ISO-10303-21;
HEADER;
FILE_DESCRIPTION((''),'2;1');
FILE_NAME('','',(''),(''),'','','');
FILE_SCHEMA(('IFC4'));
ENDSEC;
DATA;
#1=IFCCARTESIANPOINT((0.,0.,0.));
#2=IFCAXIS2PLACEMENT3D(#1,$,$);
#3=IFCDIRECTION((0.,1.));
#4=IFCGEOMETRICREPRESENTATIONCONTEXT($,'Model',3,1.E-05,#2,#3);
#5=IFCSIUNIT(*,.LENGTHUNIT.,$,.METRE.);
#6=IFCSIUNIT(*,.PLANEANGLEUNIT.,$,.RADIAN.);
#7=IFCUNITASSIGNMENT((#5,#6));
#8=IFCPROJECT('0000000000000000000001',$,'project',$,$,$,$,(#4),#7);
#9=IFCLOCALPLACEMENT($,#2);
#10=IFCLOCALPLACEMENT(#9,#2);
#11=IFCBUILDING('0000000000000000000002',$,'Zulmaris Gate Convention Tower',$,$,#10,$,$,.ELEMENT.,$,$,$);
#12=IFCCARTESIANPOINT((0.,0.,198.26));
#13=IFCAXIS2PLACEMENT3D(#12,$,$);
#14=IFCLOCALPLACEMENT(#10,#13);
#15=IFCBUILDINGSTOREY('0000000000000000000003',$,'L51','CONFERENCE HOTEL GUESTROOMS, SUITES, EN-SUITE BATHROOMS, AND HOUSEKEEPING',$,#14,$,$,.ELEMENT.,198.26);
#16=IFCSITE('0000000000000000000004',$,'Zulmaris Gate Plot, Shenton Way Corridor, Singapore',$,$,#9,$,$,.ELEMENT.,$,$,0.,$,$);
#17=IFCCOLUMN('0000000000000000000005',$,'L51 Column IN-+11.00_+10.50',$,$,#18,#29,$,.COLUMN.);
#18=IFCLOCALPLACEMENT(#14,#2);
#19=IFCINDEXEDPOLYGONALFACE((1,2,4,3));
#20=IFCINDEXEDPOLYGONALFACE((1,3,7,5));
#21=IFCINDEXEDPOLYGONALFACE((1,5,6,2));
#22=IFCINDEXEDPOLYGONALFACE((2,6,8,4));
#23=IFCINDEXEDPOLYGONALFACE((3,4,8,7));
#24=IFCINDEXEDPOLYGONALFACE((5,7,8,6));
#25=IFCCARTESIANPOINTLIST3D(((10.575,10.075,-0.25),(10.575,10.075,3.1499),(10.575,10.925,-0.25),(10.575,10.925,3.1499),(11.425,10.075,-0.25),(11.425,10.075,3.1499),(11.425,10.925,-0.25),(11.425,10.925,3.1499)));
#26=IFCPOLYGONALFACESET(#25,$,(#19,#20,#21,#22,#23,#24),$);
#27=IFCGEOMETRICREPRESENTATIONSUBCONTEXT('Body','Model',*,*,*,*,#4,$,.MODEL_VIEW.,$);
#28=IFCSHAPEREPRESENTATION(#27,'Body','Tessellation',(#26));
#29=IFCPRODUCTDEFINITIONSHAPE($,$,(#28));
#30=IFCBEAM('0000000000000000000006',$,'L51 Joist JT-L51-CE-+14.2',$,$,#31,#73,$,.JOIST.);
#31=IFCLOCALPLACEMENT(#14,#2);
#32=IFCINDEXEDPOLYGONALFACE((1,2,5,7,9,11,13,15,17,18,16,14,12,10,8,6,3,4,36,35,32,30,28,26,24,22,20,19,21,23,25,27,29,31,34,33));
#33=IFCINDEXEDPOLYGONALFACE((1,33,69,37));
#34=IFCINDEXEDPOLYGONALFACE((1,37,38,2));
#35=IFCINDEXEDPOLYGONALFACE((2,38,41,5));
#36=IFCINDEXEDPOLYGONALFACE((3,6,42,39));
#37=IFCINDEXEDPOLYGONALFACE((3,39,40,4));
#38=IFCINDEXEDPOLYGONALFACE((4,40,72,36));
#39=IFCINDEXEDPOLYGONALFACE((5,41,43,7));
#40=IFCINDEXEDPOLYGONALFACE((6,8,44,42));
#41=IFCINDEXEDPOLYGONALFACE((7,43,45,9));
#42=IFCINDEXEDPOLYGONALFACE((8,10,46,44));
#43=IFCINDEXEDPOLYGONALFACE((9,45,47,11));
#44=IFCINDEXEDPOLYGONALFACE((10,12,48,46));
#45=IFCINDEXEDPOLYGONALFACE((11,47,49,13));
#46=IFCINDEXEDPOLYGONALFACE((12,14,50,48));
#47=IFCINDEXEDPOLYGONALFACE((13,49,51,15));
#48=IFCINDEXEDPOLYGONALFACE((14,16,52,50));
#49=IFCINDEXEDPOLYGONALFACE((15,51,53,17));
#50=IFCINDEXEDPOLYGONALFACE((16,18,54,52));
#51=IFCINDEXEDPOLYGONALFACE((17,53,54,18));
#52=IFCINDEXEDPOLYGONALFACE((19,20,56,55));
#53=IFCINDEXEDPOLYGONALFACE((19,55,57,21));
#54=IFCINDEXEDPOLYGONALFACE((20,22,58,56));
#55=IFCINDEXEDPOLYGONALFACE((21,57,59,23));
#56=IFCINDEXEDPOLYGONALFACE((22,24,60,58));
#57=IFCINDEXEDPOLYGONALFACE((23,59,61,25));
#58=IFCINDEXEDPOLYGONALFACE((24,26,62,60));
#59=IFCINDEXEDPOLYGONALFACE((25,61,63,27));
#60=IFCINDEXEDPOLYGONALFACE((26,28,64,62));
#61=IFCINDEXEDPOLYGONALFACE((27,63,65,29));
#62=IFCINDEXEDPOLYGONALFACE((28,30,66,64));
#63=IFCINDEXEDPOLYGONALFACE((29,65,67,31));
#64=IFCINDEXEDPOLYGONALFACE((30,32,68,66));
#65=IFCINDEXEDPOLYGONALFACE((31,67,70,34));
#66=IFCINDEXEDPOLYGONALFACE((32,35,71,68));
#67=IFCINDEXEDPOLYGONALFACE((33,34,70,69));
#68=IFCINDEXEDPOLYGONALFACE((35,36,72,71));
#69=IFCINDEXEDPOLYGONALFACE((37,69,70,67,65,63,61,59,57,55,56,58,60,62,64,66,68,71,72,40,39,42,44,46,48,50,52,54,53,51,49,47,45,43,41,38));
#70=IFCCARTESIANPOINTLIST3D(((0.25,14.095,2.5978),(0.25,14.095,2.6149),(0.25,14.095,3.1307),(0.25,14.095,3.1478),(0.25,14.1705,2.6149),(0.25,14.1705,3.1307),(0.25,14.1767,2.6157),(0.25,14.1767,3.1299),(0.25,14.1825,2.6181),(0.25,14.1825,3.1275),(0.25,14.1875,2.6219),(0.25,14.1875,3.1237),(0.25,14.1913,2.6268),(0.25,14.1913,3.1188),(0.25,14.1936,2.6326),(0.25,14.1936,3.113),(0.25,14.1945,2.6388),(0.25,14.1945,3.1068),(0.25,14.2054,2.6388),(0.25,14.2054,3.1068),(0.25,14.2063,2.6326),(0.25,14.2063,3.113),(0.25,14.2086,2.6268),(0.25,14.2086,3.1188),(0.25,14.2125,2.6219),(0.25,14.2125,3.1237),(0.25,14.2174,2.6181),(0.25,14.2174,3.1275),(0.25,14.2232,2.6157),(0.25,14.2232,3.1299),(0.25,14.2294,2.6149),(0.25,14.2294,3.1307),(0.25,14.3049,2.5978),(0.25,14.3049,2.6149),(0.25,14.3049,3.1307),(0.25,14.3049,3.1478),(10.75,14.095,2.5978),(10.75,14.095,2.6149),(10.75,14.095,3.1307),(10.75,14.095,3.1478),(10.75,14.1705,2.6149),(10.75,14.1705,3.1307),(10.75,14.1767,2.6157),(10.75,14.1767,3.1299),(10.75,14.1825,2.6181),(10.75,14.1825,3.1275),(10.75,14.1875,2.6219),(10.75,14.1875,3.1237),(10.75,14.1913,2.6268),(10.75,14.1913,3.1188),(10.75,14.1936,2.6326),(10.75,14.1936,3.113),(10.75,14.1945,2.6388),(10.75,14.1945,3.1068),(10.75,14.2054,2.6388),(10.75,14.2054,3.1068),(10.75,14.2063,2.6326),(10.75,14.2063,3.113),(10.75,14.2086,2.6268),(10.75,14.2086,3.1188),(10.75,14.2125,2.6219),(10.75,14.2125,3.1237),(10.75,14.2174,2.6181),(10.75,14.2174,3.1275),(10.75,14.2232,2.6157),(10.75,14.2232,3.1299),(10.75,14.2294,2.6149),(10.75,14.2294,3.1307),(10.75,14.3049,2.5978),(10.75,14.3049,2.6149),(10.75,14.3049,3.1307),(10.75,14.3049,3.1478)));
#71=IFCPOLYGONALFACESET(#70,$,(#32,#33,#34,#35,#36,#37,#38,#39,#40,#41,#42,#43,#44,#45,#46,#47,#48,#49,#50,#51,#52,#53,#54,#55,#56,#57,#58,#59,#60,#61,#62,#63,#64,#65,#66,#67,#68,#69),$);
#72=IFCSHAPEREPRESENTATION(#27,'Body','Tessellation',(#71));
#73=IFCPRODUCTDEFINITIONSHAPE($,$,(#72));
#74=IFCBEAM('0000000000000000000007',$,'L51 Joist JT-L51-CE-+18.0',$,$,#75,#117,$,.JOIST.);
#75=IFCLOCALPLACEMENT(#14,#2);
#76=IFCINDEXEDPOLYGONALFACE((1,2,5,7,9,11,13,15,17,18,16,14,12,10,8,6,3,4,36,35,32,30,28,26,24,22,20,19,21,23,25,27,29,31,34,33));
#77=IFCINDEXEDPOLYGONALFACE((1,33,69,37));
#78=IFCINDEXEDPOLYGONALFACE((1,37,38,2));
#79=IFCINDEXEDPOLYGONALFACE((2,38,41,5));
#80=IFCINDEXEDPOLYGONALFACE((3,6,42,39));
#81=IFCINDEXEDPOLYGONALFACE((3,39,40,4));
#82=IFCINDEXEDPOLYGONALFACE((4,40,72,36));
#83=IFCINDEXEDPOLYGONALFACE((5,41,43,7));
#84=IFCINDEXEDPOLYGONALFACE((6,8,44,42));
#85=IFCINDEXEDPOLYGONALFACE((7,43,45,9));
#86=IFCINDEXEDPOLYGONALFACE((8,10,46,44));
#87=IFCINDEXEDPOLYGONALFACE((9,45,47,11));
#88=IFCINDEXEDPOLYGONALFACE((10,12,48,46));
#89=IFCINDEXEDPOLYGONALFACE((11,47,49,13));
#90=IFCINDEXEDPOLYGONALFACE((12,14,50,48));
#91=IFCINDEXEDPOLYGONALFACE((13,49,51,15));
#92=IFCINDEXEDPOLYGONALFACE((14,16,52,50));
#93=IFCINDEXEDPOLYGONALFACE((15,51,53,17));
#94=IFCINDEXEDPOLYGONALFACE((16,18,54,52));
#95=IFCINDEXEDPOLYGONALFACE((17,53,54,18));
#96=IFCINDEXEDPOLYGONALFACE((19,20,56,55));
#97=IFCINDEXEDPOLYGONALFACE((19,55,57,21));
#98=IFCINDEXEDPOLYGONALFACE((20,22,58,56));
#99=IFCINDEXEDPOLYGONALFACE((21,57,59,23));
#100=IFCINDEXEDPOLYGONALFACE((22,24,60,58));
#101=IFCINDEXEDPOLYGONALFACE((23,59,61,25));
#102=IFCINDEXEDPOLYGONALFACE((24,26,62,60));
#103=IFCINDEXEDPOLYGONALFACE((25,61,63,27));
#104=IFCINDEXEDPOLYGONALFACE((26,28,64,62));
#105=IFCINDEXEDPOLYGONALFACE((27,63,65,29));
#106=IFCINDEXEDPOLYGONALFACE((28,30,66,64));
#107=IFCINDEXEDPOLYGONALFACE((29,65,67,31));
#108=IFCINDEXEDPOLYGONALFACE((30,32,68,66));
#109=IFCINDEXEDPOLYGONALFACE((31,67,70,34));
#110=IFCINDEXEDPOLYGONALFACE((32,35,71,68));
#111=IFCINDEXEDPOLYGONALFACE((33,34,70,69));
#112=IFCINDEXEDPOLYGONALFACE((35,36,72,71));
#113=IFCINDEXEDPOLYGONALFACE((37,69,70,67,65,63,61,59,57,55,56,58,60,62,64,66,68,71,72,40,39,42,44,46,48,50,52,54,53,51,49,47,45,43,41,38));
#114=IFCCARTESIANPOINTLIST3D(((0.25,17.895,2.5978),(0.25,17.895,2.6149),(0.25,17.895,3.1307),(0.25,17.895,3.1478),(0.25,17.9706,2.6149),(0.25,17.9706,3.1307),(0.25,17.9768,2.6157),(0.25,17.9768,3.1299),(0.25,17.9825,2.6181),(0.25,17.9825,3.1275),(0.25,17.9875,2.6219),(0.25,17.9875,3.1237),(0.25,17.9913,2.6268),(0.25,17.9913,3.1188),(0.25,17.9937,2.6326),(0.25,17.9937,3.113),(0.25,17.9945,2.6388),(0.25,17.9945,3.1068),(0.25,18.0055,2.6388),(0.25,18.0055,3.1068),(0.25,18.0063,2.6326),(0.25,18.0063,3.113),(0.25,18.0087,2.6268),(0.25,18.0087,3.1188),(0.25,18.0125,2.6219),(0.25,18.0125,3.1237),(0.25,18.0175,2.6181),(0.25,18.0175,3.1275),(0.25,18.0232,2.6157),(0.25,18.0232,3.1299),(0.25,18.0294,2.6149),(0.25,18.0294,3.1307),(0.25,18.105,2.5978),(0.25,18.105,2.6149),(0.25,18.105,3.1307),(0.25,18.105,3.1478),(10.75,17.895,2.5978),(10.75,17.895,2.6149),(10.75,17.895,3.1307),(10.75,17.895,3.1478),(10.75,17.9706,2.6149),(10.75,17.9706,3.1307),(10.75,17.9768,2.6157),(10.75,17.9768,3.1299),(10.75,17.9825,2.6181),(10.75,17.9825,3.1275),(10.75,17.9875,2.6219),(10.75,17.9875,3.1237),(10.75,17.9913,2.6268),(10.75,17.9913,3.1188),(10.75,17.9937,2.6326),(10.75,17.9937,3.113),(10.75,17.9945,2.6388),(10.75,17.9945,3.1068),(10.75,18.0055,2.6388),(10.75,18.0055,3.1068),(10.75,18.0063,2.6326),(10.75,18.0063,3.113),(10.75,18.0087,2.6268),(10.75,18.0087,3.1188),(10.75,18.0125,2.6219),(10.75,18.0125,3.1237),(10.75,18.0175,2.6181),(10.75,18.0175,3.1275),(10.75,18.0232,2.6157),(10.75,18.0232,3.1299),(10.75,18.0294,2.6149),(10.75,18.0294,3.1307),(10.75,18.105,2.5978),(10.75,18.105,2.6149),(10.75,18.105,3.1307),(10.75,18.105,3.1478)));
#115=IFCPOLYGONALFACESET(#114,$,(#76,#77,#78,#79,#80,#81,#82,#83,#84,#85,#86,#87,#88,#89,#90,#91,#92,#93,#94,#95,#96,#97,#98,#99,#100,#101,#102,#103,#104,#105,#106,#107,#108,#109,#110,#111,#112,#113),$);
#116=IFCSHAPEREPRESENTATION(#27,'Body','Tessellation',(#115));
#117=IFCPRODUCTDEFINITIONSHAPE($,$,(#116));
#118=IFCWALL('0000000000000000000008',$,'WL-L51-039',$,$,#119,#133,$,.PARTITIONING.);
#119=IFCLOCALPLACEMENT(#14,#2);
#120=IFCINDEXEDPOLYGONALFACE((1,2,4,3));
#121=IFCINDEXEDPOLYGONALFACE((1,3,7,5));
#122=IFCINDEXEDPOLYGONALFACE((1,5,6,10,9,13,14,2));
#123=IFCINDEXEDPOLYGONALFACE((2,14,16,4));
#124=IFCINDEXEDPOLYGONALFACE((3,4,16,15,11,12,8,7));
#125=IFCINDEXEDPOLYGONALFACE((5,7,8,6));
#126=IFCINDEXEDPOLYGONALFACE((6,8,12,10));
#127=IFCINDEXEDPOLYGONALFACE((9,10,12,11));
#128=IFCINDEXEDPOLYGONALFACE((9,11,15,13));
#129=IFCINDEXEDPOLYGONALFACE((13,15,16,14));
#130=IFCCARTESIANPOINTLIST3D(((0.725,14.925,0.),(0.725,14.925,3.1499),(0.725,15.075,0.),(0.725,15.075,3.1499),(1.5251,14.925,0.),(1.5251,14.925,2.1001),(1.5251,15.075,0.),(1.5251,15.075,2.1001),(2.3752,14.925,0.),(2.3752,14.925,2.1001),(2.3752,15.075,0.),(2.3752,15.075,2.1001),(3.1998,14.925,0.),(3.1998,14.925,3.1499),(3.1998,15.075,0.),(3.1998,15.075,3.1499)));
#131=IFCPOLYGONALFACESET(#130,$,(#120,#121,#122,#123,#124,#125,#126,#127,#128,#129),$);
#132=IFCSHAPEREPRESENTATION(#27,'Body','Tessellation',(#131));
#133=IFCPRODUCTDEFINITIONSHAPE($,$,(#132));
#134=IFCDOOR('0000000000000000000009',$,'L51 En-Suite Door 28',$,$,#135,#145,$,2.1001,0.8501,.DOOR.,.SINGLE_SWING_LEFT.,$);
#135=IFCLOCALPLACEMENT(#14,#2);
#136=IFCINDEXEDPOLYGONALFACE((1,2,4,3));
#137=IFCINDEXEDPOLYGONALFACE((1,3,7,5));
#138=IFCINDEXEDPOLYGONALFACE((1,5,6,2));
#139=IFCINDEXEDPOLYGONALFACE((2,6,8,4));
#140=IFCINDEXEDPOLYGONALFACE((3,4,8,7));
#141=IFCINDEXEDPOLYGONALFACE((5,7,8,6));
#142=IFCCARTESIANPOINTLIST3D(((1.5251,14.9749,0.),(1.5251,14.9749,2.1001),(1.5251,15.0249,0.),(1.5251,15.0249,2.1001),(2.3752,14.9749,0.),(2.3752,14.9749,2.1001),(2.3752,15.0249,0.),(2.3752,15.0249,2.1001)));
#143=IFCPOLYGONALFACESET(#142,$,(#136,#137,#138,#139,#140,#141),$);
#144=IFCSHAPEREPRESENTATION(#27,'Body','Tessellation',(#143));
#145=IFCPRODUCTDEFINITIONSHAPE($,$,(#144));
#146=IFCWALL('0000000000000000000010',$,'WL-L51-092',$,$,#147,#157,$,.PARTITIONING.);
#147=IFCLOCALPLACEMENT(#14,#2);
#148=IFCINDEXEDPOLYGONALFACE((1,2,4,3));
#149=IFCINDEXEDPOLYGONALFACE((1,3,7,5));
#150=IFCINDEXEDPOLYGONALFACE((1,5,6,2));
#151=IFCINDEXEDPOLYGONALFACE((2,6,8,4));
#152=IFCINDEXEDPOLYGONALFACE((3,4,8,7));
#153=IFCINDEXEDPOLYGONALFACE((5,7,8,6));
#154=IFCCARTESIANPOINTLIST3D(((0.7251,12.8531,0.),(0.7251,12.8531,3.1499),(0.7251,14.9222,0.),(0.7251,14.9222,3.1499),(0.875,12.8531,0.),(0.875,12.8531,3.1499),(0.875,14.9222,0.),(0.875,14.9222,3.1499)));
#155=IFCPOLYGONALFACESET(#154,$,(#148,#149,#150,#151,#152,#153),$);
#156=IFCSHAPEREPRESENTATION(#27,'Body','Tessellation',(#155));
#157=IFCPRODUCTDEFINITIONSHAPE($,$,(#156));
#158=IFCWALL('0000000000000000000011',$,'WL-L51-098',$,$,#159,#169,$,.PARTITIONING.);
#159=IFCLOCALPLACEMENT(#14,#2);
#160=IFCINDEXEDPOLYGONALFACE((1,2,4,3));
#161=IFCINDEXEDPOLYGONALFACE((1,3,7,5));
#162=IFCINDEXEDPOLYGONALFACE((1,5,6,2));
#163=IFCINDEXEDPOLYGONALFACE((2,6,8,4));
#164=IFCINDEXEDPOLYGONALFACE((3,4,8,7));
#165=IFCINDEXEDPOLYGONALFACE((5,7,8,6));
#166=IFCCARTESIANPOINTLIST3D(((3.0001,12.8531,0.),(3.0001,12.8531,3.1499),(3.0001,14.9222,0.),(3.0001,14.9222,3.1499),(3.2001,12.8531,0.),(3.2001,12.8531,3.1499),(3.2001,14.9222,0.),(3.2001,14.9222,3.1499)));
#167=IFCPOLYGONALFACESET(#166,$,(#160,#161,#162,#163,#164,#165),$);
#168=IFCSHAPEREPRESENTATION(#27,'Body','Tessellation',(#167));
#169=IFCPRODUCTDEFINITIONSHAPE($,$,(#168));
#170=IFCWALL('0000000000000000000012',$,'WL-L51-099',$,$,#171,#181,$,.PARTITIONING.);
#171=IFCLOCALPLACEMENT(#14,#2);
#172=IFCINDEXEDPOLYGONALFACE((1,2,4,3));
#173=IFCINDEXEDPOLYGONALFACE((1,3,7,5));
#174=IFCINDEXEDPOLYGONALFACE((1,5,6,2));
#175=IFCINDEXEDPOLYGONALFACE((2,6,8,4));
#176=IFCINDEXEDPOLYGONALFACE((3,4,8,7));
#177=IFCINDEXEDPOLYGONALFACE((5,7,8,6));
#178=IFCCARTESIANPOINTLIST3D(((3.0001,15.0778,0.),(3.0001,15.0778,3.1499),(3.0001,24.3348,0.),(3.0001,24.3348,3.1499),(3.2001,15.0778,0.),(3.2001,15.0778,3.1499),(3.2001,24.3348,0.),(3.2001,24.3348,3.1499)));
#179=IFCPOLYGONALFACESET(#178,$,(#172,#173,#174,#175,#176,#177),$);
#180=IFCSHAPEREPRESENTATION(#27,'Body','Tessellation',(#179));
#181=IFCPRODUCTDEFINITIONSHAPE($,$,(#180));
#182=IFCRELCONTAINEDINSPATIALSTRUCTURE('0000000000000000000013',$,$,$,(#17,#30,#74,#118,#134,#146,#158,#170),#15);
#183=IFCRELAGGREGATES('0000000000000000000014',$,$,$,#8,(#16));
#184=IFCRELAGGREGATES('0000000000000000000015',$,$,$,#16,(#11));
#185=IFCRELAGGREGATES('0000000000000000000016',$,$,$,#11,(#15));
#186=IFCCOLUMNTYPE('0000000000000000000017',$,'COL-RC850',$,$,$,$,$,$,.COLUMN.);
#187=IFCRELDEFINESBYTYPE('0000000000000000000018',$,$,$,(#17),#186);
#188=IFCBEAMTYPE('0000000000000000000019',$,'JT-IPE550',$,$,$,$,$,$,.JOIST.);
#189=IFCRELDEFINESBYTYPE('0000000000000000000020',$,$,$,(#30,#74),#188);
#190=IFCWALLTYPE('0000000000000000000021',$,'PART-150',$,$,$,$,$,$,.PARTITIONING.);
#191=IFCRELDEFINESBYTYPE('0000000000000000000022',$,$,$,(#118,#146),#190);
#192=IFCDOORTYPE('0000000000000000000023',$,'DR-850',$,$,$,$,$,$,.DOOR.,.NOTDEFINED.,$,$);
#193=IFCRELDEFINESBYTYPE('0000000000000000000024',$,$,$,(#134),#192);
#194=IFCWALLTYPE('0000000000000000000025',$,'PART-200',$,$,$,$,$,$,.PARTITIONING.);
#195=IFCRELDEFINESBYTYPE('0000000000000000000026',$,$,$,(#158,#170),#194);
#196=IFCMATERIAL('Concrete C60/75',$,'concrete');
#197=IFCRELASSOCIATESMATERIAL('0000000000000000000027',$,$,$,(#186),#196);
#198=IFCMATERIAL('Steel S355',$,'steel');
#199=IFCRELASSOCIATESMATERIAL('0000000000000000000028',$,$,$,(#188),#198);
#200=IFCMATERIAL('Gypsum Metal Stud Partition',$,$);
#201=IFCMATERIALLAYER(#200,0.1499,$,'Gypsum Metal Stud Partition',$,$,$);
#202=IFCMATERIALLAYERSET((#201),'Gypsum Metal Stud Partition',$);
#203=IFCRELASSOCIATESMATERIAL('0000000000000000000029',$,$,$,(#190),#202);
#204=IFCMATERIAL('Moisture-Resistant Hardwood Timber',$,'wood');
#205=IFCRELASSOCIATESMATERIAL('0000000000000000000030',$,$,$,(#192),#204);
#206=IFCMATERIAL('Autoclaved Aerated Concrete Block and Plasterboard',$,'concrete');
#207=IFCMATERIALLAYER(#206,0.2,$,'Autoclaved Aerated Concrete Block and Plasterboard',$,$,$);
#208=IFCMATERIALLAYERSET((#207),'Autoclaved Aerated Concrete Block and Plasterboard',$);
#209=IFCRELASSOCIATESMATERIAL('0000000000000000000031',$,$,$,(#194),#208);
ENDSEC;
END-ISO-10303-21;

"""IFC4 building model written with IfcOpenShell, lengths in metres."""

from ifc_helpers import new_model, si_unit, direction, frame, frame_2d, origin, origin_2d, place, context, subcontext, project, spatial, rectangle, i_section, extrude, material, layer, layer_set, material_profile, profile_set, type_object, element, fill, save


model = new_model("IFC4")

# Units and contexts
model_context = context("Model", 3, precision=1e-05, world=origin(), true_north=direction((0.0, 1.0)))
body_context = subcontext(model_context, "Body", "Model", "MODEL_VIEW")
ifc_project = project(units=[si_unit("LENGTHUNIT", "METRE"), si_unit("PLANEANGLEUNIT", "RADIAN")], contexts=[model_context])

# Site, building, storey
site_placement = place(None, origin())
site = spatial("IfcSite", under=ifc_project, at=site_placement, Name="Zulmaris Gate Plot, Shenton Way Corridor, Singapore", CompositionType="ELEMENT", RefElevation=0.0)
building_placement = place(site_placement, origin())
building = spatial("IfcBuilding", under=site, at=building_placement, Name="Zulmaris Gate Convention Tower", CompositionType="ELEMENT")
storey_placement = place(building_placement, frame((0.0, 0.0, 198.26)))
storey = spatial("IfcBuildingStorey", under=building, at=storey_placement, Name="L51", Description="CONFERENCE HOTEL GUESTROOMS, SUITES, EN-SUITE BATHROOMS, AND HOUSEKEEPING", CompositionType="ELEMENT", Elevation=198.26)

# Column
ifc_material_1 = material(Name="Concrete C60/75", Category="concrete")
ifc_material_profile_1 = material_profile(ifc_material_1, rectangle(XDim=0.8501, YDim=0.8501, at=origin_2d()), Name="RC COL 850x850")
ifc_profile_set_1 = profile_set([ifc_material_profile_1], Name="Concrete C60/75")
column_type = type_object("IfcColumnType", Name="COL-RC850", PredefinedType="COLUMN", material=ifc_profile_set_1)
column_placement = place(storey_placement, frame((11.0, 10.5, -0.25), z_axis=(0.0, 0.0, 1.0), x_axis=(1.0, 0.0, 0.0)))
element("IfcColumn", 1, at=column_placement, inside=storey, type_object=column_type, Name="L51 Column IN-+11.00_+10.50", PredefinedType="COLUMN", context=body_context, shape_type="SweptSolid", body=[
    extrude(rectangle(XDim=0.8501, YDim=0.8501, at=origin_2d()), origin(), (0.0, 0.0, 1.0), 3.3999),
])

# Beams
ifc_material_2 = material(Name="Steel S355", Category="steel")
ifc_material_profile_2 = material_profile(ifc_material_2, i_section(OverallWidth=0.21, OverallDepth=0.55, WebThickness=0.011, FlangeThickness=0.0171, FilletRadius=0.0239, at=origin_2d()), Name="IPE 550")
ifc_profile_set_2 = profile_set([ifc_material_profile_2], Name="Steel S355")
beam_type = type_object("IfcBeamType", Name="JT-IPE550", PredefinedType="JOIST", material=ifc_profile_set_2)
for number, where, z_axis, x_axis, name in (
    (2, (0.25, 14.2, 2.8728), (1.0, 0.0, 0.0), (0.0, 1.0, 0.0), "L51 Joist JT-L51-CE-+14.2"),
    (3, (0.25, 18.0, 2.8728), (1.0, 0.0, 0.0), (0.0, 1.0, 0.0), "L51 Joist JT-L51-CE-+18.0"),
):
    element("IfcBeam", number, at=place(storey_placement, frame(where, z_axis=z_axis, x_axis=x_axis)), inside=storey, type_object=beam_type, Name=name, PredefinedType="JOIST", context=body_context, shape_type="SweptSolid", body=[
        extrude(i_section(OverallWidth=0.21, OverallDepth=0.55, WebThickness=0.011, FlangeThickness=0.0171, FilletRadius=0.0239, at=origin_2d()), origin(), (0.0, 0.0, 1.0), 10.5),
    ])

# Wall, opening, door
ifc_material_3 = material(Name="Gypsum Metal Stud Partition")
ifc_layer_1 = layer(ifc_material_3, 0.1499, Name="Gypsum Metal Stud Partition")
ifc_layer_set_1 = layer_set([ifc_layer_1], Name="Gypsum Metal Stud Partition")
wall_type_1 = type_object("IfcWallType", Name="PART-150", PredefinedType="PARTITIONING", material=ifc_layer_set_1)
wall_1_placement = place(storey_placement, frame((0.7251, 15.0, 0.0), z_axis=(0.0, 0.0, 1.0), x_axis=(1.0, 0.0, 0.0)))
wall_1 = element("IfcWall", 4, at=wall_1_placement, inside=storey, type_object=wall_type_1, Name="WL-L51-039", PredefinedType="PARTITIONING", context=body_context, shape_type="SweptSolid", body=[
    extrude(rectangle(XDim=2.4749, YDim=0.1499, at=frame_2d((1.2373, 0.0))), origin(), (0.0, 0.0, 1.0), 3.1499),
])
opening_1_placement = place(wall_1_placement, frame((0.8, 0.0, 0.0)))
opening_1 = element("IfcOpeningElement", 5, at=opening_1_placement, cuts=wall_1, PredefinedType="OPENING", context=body_context, shape_type="SweptSolid", body=[
    extrude(rectangle(XDim=0.8501, YDim=2.1001, at=frame_2d((0.425, 1.05))), frame((0.0, 0.085, 0.0), z_axis=(0.0, -1.0, 0.0), x_axis=(1.0, 0.0, 0.0)), (0.0, 0.0, 1.0), 0.1699),
])
ifc_material_4 = material(Name="Moisture-Resistant Hardwood Timber", Category="wood")
door_type = type_object("IfcDoorType", Name="DR-850", OperationType="NOTDEFINED", PredefinedType="DOOR", material=ifc_material_4)
door_placement = place(opening_1_placement, origin())
door = element("IfcDoor", 6, at=door_placement, inside=storey, type_object=door_type, Name="L51 En-Suite Door 28", OperationType="SINGLE_SWING_LEFT", OverallHeight=2.1001, OverallWidth=0.8501, PredefinedType="DOOR", context=body_context, shape_type="SweptSolid", body=[
    extrude(rectangle(XDim=0.8501, YDim=2.1001, at=frame_2d((0.425, 1.05))), frame((0.0, 0.0249, 0.0), z_axis=(0.0, -1.0, 0.0), x_axis=(1.0, 0.0, 0.0)), (0.0, 0.0, 1.0), 0.05),
])
fill(opening_1, door)

# Walls
wall_2_placement = place(storey_placement, frame((0.8, 12.853, 0.0), z_axis=(0.0, 0.0, 1.0), x_axis=(0.0, 1.0, 0.0)))
element("IfcWall", 7, at=wall_2_placement, inside=storey, type_object=wall_type_1, Name="WL-L51-092", PredefinedType="PARTITIONING", context=body_context, shape_type="SweptSolid", body=[
    extrude(rectangle(XDim=2.0691, YDim=0.1499, at=frame_2d((1.0347, 0.0))), origin(), (0.0, 0.0, 1.0), 3.1499),
])
ifc_material_5 = material(Name="Autoclaved Aerated Concrete Block and Plasterboard", Category="concrete")
ifc_layer_2 = layer(ifc_material_5, 0.2, Name="Autoclaved Aerated Concrete Block and Plasterboard")
ifc_layer_set_2 = layer_set([ifc_layer_2], Name="Autoclaved Aerated Concrete Block and Plasterboard")
wall_type_2 = type_object("IfcWallType", Name="PART-200", PredefinedType="PARTITIONING", material=ifc_layer_set_2)
wall_3_placement = place(storey_placement, frame((3.1001, 12.853, 0.0), z_axis=(0.0, 0.0, 1.0), x_axis=(0.0, 1.0, 0.0)))
element("IfcWall", 8, at=wall_3_placement, inside=storey, type_object=wall_type_2, Name="WL-L51-098", PredefinedType="PARTITIONING", context=body_context, shape_type="SweptSolid", body=[
    extrude(rectangle(XDim=2.0691, YDim=0.2, at=frame_2d((1.0347, 0.0))), origin(), (0.0, 0.0, 1.0), 3.1499),
])
wall_4_placement = place(storey_placement, frame((3.1001, 15.0779, 0.0), z_axis=(0.0, 0.0, 1.0), x_axis=(0.0, 1.0, 0.0)))
element("IfcWall", 9, at=wall_4_placement, inside=storey, type_object=wall_type_2, Name="WL-L51-099", PredefinedType="PARTITIONING", context=body_context, shape_type="SweptSolid", body=[
    extrude(rectangle(XDim=9.2571, YDim=0.2, at=frame_2d((4.6284, 0.0))), origin(), (0.0, 0.0, 1.0), 3.1499),
])

save(model, "model.ifc")
